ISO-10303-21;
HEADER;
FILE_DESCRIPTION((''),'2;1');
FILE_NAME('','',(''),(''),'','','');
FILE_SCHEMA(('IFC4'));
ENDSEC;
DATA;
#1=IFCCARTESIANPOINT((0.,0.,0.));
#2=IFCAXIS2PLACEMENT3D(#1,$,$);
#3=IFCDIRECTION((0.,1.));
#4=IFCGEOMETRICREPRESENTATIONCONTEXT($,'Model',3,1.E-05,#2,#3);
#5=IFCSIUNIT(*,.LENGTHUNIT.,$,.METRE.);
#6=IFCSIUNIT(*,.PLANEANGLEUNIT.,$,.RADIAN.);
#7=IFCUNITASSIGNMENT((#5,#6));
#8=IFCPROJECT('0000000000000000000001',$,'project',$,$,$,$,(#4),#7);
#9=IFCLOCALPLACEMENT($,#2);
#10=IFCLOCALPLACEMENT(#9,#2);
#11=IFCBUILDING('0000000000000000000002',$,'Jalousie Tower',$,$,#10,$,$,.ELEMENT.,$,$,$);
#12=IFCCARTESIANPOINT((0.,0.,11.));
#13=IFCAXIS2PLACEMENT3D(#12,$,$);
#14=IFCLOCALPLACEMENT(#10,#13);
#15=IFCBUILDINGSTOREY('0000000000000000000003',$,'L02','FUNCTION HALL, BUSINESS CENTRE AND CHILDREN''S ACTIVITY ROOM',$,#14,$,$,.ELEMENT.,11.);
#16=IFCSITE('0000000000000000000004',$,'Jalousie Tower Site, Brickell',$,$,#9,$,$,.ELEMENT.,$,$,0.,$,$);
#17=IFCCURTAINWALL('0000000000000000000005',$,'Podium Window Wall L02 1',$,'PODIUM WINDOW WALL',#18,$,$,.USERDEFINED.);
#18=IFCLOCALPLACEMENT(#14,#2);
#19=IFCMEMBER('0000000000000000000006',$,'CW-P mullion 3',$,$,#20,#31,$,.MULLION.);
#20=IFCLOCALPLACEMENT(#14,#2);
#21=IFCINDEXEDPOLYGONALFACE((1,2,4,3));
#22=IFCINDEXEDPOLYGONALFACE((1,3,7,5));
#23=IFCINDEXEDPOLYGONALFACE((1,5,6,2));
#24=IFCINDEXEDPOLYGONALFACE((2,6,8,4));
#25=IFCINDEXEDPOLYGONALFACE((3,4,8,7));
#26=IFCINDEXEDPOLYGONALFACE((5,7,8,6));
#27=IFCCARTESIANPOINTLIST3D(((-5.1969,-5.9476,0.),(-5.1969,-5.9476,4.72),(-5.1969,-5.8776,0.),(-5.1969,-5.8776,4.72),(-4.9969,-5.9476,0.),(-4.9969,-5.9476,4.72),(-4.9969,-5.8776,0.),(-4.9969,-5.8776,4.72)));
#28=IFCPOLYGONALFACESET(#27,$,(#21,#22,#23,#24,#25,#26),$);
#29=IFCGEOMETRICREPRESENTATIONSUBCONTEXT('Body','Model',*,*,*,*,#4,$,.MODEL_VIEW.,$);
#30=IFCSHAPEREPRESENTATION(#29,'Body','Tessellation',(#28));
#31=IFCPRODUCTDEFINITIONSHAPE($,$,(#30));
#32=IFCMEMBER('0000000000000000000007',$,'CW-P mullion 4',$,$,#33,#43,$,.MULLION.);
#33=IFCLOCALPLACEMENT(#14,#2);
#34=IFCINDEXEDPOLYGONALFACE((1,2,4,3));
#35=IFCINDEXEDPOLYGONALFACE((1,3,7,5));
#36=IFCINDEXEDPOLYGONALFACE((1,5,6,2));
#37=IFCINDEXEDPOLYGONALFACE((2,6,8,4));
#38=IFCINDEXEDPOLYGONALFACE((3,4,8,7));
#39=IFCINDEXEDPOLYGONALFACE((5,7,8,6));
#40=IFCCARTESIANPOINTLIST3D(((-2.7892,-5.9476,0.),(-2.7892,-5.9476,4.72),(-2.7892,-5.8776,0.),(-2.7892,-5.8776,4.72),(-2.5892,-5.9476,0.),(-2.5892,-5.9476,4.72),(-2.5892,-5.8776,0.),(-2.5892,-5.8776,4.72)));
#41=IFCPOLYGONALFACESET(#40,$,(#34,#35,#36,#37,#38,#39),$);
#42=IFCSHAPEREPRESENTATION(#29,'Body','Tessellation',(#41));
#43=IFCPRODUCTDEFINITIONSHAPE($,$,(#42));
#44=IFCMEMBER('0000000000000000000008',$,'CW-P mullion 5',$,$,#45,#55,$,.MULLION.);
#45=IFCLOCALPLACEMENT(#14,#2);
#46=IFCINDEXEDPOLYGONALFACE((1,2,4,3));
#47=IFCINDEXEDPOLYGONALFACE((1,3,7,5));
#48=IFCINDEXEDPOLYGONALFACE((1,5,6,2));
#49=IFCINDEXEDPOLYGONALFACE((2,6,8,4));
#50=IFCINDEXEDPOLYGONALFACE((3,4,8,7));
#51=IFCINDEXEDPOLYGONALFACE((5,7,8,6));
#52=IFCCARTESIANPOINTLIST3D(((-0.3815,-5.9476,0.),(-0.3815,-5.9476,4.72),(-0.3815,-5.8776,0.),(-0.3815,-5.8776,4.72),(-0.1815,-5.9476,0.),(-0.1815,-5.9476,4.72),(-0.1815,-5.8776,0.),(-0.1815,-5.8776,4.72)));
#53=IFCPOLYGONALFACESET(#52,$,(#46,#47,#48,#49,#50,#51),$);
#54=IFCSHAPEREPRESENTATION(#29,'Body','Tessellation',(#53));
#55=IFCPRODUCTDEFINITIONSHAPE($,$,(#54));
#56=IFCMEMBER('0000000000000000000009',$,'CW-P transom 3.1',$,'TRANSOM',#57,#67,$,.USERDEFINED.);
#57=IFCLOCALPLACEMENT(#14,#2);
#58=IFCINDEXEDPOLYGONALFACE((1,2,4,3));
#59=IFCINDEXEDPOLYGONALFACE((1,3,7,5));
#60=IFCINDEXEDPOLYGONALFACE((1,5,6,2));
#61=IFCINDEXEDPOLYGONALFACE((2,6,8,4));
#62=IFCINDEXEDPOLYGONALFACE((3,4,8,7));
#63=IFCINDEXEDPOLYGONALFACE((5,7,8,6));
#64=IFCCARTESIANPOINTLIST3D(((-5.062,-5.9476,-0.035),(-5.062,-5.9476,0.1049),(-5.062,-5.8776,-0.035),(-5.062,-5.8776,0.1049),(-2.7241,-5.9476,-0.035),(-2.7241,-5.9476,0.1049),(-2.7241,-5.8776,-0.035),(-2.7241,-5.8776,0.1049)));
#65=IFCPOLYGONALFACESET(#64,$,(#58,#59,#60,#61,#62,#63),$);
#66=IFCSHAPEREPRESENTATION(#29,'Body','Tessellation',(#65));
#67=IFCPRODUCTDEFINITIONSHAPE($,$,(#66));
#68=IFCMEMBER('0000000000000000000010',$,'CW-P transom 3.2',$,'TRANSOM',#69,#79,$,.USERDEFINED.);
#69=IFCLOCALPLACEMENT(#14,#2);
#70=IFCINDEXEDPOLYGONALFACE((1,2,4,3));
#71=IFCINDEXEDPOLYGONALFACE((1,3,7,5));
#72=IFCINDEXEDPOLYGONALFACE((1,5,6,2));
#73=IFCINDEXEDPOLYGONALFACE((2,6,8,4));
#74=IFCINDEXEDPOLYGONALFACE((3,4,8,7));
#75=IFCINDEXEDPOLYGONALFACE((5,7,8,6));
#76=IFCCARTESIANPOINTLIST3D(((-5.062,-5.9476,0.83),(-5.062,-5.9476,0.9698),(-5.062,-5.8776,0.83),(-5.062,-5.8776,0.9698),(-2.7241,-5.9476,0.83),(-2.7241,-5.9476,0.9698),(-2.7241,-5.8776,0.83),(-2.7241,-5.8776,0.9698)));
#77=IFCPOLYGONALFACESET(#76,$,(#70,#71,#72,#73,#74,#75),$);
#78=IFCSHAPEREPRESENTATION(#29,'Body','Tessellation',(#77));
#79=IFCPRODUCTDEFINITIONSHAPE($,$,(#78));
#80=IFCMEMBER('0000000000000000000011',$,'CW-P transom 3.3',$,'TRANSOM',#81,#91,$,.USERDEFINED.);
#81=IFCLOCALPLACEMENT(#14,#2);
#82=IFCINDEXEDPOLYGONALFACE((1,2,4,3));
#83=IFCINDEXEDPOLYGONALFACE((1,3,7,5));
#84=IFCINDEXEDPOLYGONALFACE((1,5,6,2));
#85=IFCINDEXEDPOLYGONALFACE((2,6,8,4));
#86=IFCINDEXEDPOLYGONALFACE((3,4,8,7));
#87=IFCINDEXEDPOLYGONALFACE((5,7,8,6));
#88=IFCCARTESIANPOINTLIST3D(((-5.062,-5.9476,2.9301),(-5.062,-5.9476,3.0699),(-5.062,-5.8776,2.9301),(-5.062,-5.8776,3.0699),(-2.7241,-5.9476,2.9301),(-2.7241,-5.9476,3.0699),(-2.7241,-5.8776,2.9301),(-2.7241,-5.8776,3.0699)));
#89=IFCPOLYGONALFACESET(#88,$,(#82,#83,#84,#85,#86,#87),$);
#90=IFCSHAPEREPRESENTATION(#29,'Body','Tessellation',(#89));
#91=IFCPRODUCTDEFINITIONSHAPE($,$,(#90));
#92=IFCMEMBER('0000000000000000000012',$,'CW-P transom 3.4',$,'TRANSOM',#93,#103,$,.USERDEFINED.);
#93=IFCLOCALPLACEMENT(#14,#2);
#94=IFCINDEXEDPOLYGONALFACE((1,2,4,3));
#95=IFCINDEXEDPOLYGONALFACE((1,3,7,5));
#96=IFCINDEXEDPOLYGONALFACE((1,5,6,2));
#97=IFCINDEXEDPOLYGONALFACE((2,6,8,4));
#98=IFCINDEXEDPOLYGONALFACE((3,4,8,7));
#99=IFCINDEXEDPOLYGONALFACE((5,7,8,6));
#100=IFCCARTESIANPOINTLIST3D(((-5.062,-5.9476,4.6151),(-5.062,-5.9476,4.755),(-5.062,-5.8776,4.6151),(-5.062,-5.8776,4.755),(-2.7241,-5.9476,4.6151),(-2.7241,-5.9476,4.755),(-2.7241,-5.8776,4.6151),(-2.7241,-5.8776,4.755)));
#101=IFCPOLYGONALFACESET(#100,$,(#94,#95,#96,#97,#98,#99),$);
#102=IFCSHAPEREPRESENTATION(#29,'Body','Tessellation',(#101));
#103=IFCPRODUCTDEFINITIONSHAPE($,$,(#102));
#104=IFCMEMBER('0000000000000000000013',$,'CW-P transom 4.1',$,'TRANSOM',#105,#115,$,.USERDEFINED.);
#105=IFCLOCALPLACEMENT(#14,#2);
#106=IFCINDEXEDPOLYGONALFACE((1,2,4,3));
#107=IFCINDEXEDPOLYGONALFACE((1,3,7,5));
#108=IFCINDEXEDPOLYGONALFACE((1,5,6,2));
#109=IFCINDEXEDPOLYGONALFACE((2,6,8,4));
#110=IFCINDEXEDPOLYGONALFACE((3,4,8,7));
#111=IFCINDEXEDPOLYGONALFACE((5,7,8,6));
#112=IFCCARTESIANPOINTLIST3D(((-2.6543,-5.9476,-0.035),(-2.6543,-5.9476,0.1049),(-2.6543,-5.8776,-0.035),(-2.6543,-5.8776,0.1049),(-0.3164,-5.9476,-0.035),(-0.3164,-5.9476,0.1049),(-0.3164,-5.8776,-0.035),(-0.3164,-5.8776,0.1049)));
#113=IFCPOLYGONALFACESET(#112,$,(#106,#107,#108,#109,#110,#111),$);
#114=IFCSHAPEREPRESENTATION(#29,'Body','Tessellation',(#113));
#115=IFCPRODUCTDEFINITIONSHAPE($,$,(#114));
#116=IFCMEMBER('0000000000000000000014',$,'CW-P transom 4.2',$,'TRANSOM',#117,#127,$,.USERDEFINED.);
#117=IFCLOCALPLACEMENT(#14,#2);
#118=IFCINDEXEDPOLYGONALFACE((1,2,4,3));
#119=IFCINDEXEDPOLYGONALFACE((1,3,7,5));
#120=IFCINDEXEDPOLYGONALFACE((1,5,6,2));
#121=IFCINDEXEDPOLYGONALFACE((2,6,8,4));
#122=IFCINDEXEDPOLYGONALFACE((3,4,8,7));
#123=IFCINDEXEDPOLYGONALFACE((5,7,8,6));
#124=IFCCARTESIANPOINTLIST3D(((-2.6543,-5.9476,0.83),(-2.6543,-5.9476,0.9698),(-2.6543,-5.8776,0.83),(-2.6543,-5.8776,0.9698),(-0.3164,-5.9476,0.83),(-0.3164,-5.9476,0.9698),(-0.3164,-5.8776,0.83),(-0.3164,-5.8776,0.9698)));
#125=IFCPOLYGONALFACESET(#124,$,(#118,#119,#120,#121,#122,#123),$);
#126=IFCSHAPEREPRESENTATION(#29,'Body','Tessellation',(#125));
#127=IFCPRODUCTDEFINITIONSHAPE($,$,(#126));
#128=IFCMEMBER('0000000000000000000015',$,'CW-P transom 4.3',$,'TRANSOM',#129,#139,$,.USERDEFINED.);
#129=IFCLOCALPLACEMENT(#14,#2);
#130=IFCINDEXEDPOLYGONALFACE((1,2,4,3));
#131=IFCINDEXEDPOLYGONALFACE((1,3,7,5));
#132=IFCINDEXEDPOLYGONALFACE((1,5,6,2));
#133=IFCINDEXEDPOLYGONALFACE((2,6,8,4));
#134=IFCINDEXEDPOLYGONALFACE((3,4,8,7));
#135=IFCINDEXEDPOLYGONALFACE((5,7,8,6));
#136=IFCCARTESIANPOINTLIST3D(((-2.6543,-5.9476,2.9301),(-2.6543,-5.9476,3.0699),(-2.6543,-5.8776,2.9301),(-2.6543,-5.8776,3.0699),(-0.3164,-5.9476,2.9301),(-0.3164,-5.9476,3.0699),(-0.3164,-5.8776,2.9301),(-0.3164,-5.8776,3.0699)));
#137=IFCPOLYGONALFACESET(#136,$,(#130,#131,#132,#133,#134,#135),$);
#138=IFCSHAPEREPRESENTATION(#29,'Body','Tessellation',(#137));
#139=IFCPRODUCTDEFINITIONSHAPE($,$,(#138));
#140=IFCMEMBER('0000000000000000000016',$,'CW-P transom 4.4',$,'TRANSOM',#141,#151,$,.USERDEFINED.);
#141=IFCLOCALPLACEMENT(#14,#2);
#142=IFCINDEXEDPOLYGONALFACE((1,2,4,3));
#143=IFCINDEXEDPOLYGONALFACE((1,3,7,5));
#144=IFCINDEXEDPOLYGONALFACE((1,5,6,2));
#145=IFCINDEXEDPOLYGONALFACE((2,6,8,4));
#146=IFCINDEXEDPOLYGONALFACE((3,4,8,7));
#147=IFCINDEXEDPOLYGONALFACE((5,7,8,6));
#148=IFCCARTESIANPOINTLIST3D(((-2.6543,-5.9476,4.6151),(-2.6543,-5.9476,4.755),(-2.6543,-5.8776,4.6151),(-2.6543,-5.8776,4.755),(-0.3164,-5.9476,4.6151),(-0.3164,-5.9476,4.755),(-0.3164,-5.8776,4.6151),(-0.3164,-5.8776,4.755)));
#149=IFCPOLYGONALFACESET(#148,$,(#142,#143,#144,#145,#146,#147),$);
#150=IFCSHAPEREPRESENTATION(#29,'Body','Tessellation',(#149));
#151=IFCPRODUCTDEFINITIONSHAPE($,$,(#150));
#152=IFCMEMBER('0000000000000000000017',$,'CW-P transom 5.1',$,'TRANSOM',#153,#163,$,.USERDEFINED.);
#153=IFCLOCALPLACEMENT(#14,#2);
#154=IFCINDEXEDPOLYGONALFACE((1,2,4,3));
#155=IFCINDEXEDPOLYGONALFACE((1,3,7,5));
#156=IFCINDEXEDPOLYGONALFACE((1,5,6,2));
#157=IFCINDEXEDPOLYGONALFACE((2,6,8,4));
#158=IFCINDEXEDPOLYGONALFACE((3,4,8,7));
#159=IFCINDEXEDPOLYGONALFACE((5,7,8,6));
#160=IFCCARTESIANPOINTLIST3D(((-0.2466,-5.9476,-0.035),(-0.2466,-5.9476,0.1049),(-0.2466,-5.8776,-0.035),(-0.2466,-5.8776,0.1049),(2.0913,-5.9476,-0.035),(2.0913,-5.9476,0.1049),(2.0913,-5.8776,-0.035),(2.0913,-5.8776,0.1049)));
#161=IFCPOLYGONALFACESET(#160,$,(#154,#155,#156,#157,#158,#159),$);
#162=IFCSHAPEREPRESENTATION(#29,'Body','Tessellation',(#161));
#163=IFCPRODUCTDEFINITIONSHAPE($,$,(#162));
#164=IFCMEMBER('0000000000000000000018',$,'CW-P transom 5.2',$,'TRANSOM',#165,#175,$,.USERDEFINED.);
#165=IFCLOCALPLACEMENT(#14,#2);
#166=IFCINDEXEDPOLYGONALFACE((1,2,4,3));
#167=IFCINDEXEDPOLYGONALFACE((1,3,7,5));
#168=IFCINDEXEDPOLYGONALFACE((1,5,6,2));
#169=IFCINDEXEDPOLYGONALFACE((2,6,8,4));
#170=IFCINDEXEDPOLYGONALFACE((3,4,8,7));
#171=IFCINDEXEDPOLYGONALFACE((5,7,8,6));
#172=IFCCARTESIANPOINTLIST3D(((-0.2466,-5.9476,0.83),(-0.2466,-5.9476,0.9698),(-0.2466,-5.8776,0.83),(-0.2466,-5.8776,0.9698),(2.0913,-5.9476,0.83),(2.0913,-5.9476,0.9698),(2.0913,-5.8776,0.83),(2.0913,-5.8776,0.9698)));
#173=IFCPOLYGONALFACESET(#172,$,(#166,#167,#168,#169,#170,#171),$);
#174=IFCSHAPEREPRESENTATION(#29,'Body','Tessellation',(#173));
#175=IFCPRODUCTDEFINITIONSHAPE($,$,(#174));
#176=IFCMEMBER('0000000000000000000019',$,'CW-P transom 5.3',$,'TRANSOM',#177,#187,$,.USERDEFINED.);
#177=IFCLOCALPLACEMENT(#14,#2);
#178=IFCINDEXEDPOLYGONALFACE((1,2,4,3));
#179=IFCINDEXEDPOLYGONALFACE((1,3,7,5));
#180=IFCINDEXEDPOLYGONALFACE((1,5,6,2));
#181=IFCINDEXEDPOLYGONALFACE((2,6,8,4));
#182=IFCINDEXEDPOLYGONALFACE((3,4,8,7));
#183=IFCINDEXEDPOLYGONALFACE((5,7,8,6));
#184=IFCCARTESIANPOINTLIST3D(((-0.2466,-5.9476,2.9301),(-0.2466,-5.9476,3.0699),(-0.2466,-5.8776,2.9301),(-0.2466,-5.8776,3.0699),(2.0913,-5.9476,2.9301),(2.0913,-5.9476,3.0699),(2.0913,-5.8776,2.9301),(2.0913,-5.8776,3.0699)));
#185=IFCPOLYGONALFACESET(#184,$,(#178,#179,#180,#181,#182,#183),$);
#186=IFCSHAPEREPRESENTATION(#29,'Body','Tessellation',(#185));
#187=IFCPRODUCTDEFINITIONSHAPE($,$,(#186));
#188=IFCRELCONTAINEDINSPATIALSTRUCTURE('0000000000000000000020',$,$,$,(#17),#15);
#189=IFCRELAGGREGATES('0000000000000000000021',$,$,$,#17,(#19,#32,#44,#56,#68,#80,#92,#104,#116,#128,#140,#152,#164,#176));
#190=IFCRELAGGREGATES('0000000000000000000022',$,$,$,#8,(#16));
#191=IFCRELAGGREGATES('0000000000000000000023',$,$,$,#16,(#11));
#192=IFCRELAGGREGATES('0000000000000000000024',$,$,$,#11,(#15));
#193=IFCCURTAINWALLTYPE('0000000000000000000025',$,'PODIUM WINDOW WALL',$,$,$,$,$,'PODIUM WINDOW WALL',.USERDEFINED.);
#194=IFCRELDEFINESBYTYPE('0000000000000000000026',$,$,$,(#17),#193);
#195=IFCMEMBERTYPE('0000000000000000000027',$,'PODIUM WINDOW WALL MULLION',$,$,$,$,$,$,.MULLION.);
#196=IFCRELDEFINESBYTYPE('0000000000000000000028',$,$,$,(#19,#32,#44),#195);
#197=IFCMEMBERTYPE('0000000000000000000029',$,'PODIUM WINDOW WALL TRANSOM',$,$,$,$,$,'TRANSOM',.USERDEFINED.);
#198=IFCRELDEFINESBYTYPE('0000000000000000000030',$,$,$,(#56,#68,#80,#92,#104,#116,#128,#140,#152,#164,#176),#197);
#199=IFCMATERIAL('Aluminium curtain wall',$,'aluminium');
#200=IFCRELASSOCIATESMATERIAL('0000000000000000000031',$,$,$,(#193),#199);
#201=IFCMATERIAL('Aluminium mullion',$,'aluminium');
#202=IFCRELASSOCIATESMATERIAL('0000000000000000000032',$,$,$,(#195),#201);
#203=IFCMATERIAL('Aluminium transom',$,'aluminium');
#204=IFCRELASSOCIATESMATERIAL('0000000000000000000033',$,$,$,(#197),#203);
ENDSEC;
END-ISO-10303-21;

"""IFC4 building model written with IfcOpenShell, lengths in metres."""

from ifc_helpers import new_model, si_unit, direction, frame, origin, origin_2d, place, context, subcontext, project, spatial, rectangle, extrude, material, material_profile, profile_set, type_object, element, aggregate, save


model = new_model("IFC4")

# Units and contexts
model_context = context("Model", 3, precision=1e-05, world=origin(), true_north=direction((0.0, 1.0)))
body_context = subcontext(model_context, "Body", "Model", "MODEL_VIEW")
ifc_project = project(units=[si_unit("LENGTHUNIT", "METRE"), si_unit("PLANEANGLEUNIT", "RADIAN")], contexts=[model_context])

# Site, building, storey
site_placement = place(None, origin())
site = spatial("IfcSite", under=ifc_project, at=site_placement, Name="Jalousie Tower Site, Brickell", CompositionType="ELEMENT", RefElevation=0.0)
building_placement = place(site_placement, origin())
building = spatial("IfcBuilding", under=site, at=building_placement, Name="Jalousie Tower", CompositionType="ELEMENT")
storey_placement = place(building_placement, frame((0.0, 0.0, 11.0)))
storey = spatial("IfcBuildingStorey", under=building, at=storey_placement, Name="L02", Description="FUNCTION HALL, BUSINESS CENTRE AND CHILDREN'S ACTIVITY ROOM", CompositionType="ELEMENT", Elevation=11.0)

# Curtain wall, members
ifc_material_1 = material(Name="Aluminium curtain wall", Category="aluminium")
curtain_wall_type = type_object("IfcCurtainWallType", Name="PODIUM WINDOW WALL", ElementType="PODIUM WINDOW WALL", PredefinedType="USERDEFINED", material=ifc_material_1)
curtain_wall_placement = place(storey_placement, origin())
curtain_wall = element("IfcCurtainWall", 1, at=curtain_wall_placement, inside=storey, type_object=curtain_wall_type, Name="Podium Window Wall L02 1", ObjectType="PODIUM WINDOW WALL", PredefinedType="USERDEFINED")
ifc_material_2 = material(Name="Aluminium mullion", Category="aluminium")
ifc_material_profile_1 = material_profile(ifc_material_2, rectangle(XDim=0.0701, YDim=0.2, at=origin_2d()), Name="MULLION 70x200")
ifc_profile_set_1 = profile_set([ifc_material_profile_1], Name="Aluminium mullion")
member_type_1 = type_object("IfcMemberType", Name="PODIUM WINDOW WALL MULLION", PredefinedType="MULLION", material=ifc_profile_set_1)
member_1_placement = place(storey_placement, frame((-5.0969, -5.9126, 0.0), z_axis=(0.0, 0.0, 1.0), x_axis=(0.0, 1.0, 0.0)))
member_1 = element("IfcMember", 2, at=member_1_placement, type_object=member_type_1, Name="CW-P mullion 3", PredefinedType="MULLION", context=body_context, shape_type="SweptSolid", body=[
    extrude(rectangle(XDim=0.0701, YDim=0.2, at=origin_2d()), origin(), (0.0, 0.0, 1.0), 4.72),
])
member_2_placement = place(storey_placement, frame((-2.6892, -5.9126, 0.0), z_axis=(0.0, 0.0, 1.0), x_axis=(0.0, 1.0, 0.0)))
member_2 = element("IfcMember", 3, at=member_2_placement, type_object=member_type_1, Name="CW-P mullion 4", PredefinedType="MULLION", context=body_context, shape_type="SweptSolid", body=[
    extrude(rectangle(XDim=0.0701, YDim=0.2, at=origin_2d()), origin(), (0.0, 0.0, 1.0), 4.72),
])
member_3_placement = place(storey_placement, frame((-0.2815, -5.9126, 0.0), z_axis=(0.0, 0.0, 1.0), x_axis=(0.0, 1.0, 0.0)))
member_3 = element("IfcMember", 4, at=member_3_placement, type_object=member_type_1, Name="CW-P mullion 5", PredefinedType="MULLION", context=body_context, shape_type="SweptSolid", body=[
    extrude(rectangle(XDim=0.0701, YDim=0.2, at=origin_2d()), origin(), (0.0, 0.0, 1.0), 4.72),
])
ifc_material_3 = material(Name="Aluminium transom", Category="aluminium")
ifc_material_profile_2 = material_profile(ifc_material_3, rectangle(XDim=0.0701, YDim=0.1399, at=origin_2d()), Name="TRANSOM 70x140")
ifc_profile_set_2 = profile_set([ifc_material_profile_2], Name="Aluminium transom")
member_type_2 = type_object("IfcMemberType", Name="PODIUM WINDOW WALL TRANSOM", ElementType="TRANSOM", PredefinedType="USERDEFINED", material=ifc_profile_set_2)
member_4_placement = place(storey_placement, frame((-5.062, -5.9126, 0.0349), z_axis=(1.0, 0.0, 0.0), x_axis=(0.0, 1.0, 0.0)))
member_4 = element("IfcMember", 5, at=member_4_placement, type_object=member_type_2, Name="CW-P transom 3.1", ObjectType="TRANSOM", PredefinedType="USERDEFINED", context=body_context, shape_type="SweptSolid", body=[
    extrude(rectangle(XDim=0.0701, YDim=0.1399, at=origin_2d()), origin(), (0.0, 0.0, 1.0), 2.3379),
])
member_5_placement = place(storey_placement, frame((-5.062, -5.9126, 0.8999), z_axis=(1.0, 0.0, 0.0), x_axis=(0.0, 1.0, 0.0)))
member_5 = element("IfcMember", 6, at=member_5_placement, type_object=member_type_2, Name="CW-P transom 3.2", ObjectType="TRANSOM", PredefinedType="USERDEFINED", context=body_context, shape_type="SweptSolid", body=[
    extrude(rectangle(XDim=0.0701, YDim=0.1399, at=origin_2d()), origin(), (0.0, 0.0, 1.0), 2.3379),
])
member_6_placement = place(storey_placement, frame((-5.062, -5.9126, 3.0), z_axis=(1.0, 0.0, 0.0), x_axis=(0.0, 1.0, 0.0)))
member_6 = element("IfcMember", 7, at=member_6_placement, type_object=member_type_2, Name="CW-P transom 3.3", ObjectType="TRANSOM", PredefinedType="USERDEFINED", context=body_context, shape_type="SweptSolid", body=[
    extrude(rectangle(XDim=0.0701, YDim=0.1399, at=origin_2d()), origin(), (0.0, 0.0, 1.0), 2.3379),
])
member_7_placement = place(storey_placement, frame((-5.062, -5.9126, 4.6851), z_axis=(1.0, 0.0, 0.0), x_axis=(0.0, 1.0, 0.0)))
member_7 = element("IfcMember", 8, at=member_7_placement, type_object=member_type_2, Name="CW-P transom 3.4", ObjectType="TRANSOM", PredefinedType="USERDEFINED", context=body_context, shape_type="SweptSolid", body=[
    extrude(rectangle(XDim=0.0701, YDim=0.1399, at=origin_2d()), origin(), (0.0, 0.0, 1.0), 2.3379),
])
member_8_placement = place(storey_placement, frame((-2.6543, -5.9126, 0.0349), z_axis=(1.0, 0.0, 0.0), x_axis=(0.0, 1.0, 0.0)))
member_8 = element("IfcMember", 9, at=member_8_placement, type_object=member_type_2, Name="CW-P transom 4.1", ObjectType="TRANSOM", PredefinedType="USERDEFINED", context=body_context, shape_type="SweptSolid", body=[
    extrude(rectangle(XDim=0.0701, YDim=0.1399, at=origin_2d()), origin(), (0.0, 0.0, 1.0), 2.3379),
])
member_9_placement = place(storey_placement, frame((-2.6543, -5.9126, 0.8999), z_axis=(1.0, 0.0, 0.0), x_axis=(0.0, 1.0, 0.0)))
member_9 = element("IfcMember", 10, at=member_9_placement, type_object=member_type_2, Name="CW-P transom 4.2", ObjectType="TRANSOM", PredefinedType="USERDEFINED", context=body_context, shape_type="SweptSolid", body=[
    extrude(rectangle(XDim=0.0701, YDim=0.1399, at=origin_2d()), origin(), (0.0, 0.0, 1.0), 2.3379),
])
member_10_placement = place(storey_placement, frame((-2.6543, -5.9126, 3.0), z_axis=(1.0, 0.0, 0.0), x_axis=(0.0, 1.0, 0.0)))
member_10 = element("IfcMember", 11, at=member_10_placement, type_object=member_type_2, Name="CW-P transom 4.3", ObjectType="TRANSOM", PredefinedType="USERDEFINED", context=body_context, shape_type="SweptSolid", body=[
    extrude(rectangle(XDim=0.0701, YDim=0.1399, at=origin_2d()), origin(), (0.0, 0.0, 1.0), 2.3379),
])
member_11_placement = place(storey_placement, frame((-2.6543, -5.9126, 4.6851), z_axis=(1.0, 0.0, 0.0), x_axis=(0.0, 1.0, 0.0)))
member_11 = element("IfcMember", 12, at=member_11_placement, type_object=member_type_2, Name="CW-P transom 4.4", ObjectType="TRANSOM", PredefinedType="USERDEFINED", context=body_context, shape_type="SweptSolid", body=[
    extrude(rectangle(XDim=0.0701, YDim=0.1399, at=origin_2d()), origin(), (0.0, 0.0, 1.0), 2.3379),
])
member_12_placement = place(storey_placement, frame((-0.2466, -5.9126, 0.0349), z_axis=(1.0, 0.0, 0.0), x_axis=(0.0, 1.0, 0.0)))
member_12 = element("IfcMember", 13, at=member_12_placement, type_object=member_type_2, Name="CW-P transom 5.1", ObjectType="TRANSOM", PredefinedType="USERDEFINED", context=body_context, shape_type="SweptSolid", body=[
    extrude(rectangle(XDim=0.0701, YDim=0.1399, at=origin_2d()), origin(), (0.0, 0.0, 1.0), 2.3379),
])
member_13_placement = place(storey_placement, frame((-0.2466, -5.9126, 0.8999), z_axis=(1.0, 0.0, 0.0), x_axis=(0.0, 1.0, 0.0)))
member_13 = element("IfcMember", 14, at=member_13_placement, type_object=member_type_2, Name="CW-P transom 5.2", ObjectType="TRANSOM", PredefinedType="USERDEFINED", context=body_context, shape_type="SweptSolid", body=[
    extrude(rectangle(XDim=0.0701, YDim=0.1399, at=origin_2d()), origin(), (0.0, 0.0, 1.0), 2.3379),
])
member_14_placement = place(storey_placement, frame((-0.2466, -5.9126, 3.0), z_axis=(1.0, 0.0, 0.0), x_axis=(0.0, 1.0, 0.0)))
member_14 = element("IfcMember", 15, at=member_14_placement, type_object=member_type_2, Name="CW-P transom 5.3", ObjectType="TRANSOM", PredefinedType="USERDEFINED", context=body_context, shape_type="SweptSolid", body=[
    extrude(rectangle(XDim=0.0701, YDim=0.1399, at=origin_2d()), origin(), (0.0, 0.0, 1.0), 2.3379),
])

aggregate(curtain_wall, [member_1, member_2, member_3, member_4, member_5, member_6, member_7, member_8, member_9, member_10, member_11, member_12, member_13, member_14])

save(model, "model.ifc")
